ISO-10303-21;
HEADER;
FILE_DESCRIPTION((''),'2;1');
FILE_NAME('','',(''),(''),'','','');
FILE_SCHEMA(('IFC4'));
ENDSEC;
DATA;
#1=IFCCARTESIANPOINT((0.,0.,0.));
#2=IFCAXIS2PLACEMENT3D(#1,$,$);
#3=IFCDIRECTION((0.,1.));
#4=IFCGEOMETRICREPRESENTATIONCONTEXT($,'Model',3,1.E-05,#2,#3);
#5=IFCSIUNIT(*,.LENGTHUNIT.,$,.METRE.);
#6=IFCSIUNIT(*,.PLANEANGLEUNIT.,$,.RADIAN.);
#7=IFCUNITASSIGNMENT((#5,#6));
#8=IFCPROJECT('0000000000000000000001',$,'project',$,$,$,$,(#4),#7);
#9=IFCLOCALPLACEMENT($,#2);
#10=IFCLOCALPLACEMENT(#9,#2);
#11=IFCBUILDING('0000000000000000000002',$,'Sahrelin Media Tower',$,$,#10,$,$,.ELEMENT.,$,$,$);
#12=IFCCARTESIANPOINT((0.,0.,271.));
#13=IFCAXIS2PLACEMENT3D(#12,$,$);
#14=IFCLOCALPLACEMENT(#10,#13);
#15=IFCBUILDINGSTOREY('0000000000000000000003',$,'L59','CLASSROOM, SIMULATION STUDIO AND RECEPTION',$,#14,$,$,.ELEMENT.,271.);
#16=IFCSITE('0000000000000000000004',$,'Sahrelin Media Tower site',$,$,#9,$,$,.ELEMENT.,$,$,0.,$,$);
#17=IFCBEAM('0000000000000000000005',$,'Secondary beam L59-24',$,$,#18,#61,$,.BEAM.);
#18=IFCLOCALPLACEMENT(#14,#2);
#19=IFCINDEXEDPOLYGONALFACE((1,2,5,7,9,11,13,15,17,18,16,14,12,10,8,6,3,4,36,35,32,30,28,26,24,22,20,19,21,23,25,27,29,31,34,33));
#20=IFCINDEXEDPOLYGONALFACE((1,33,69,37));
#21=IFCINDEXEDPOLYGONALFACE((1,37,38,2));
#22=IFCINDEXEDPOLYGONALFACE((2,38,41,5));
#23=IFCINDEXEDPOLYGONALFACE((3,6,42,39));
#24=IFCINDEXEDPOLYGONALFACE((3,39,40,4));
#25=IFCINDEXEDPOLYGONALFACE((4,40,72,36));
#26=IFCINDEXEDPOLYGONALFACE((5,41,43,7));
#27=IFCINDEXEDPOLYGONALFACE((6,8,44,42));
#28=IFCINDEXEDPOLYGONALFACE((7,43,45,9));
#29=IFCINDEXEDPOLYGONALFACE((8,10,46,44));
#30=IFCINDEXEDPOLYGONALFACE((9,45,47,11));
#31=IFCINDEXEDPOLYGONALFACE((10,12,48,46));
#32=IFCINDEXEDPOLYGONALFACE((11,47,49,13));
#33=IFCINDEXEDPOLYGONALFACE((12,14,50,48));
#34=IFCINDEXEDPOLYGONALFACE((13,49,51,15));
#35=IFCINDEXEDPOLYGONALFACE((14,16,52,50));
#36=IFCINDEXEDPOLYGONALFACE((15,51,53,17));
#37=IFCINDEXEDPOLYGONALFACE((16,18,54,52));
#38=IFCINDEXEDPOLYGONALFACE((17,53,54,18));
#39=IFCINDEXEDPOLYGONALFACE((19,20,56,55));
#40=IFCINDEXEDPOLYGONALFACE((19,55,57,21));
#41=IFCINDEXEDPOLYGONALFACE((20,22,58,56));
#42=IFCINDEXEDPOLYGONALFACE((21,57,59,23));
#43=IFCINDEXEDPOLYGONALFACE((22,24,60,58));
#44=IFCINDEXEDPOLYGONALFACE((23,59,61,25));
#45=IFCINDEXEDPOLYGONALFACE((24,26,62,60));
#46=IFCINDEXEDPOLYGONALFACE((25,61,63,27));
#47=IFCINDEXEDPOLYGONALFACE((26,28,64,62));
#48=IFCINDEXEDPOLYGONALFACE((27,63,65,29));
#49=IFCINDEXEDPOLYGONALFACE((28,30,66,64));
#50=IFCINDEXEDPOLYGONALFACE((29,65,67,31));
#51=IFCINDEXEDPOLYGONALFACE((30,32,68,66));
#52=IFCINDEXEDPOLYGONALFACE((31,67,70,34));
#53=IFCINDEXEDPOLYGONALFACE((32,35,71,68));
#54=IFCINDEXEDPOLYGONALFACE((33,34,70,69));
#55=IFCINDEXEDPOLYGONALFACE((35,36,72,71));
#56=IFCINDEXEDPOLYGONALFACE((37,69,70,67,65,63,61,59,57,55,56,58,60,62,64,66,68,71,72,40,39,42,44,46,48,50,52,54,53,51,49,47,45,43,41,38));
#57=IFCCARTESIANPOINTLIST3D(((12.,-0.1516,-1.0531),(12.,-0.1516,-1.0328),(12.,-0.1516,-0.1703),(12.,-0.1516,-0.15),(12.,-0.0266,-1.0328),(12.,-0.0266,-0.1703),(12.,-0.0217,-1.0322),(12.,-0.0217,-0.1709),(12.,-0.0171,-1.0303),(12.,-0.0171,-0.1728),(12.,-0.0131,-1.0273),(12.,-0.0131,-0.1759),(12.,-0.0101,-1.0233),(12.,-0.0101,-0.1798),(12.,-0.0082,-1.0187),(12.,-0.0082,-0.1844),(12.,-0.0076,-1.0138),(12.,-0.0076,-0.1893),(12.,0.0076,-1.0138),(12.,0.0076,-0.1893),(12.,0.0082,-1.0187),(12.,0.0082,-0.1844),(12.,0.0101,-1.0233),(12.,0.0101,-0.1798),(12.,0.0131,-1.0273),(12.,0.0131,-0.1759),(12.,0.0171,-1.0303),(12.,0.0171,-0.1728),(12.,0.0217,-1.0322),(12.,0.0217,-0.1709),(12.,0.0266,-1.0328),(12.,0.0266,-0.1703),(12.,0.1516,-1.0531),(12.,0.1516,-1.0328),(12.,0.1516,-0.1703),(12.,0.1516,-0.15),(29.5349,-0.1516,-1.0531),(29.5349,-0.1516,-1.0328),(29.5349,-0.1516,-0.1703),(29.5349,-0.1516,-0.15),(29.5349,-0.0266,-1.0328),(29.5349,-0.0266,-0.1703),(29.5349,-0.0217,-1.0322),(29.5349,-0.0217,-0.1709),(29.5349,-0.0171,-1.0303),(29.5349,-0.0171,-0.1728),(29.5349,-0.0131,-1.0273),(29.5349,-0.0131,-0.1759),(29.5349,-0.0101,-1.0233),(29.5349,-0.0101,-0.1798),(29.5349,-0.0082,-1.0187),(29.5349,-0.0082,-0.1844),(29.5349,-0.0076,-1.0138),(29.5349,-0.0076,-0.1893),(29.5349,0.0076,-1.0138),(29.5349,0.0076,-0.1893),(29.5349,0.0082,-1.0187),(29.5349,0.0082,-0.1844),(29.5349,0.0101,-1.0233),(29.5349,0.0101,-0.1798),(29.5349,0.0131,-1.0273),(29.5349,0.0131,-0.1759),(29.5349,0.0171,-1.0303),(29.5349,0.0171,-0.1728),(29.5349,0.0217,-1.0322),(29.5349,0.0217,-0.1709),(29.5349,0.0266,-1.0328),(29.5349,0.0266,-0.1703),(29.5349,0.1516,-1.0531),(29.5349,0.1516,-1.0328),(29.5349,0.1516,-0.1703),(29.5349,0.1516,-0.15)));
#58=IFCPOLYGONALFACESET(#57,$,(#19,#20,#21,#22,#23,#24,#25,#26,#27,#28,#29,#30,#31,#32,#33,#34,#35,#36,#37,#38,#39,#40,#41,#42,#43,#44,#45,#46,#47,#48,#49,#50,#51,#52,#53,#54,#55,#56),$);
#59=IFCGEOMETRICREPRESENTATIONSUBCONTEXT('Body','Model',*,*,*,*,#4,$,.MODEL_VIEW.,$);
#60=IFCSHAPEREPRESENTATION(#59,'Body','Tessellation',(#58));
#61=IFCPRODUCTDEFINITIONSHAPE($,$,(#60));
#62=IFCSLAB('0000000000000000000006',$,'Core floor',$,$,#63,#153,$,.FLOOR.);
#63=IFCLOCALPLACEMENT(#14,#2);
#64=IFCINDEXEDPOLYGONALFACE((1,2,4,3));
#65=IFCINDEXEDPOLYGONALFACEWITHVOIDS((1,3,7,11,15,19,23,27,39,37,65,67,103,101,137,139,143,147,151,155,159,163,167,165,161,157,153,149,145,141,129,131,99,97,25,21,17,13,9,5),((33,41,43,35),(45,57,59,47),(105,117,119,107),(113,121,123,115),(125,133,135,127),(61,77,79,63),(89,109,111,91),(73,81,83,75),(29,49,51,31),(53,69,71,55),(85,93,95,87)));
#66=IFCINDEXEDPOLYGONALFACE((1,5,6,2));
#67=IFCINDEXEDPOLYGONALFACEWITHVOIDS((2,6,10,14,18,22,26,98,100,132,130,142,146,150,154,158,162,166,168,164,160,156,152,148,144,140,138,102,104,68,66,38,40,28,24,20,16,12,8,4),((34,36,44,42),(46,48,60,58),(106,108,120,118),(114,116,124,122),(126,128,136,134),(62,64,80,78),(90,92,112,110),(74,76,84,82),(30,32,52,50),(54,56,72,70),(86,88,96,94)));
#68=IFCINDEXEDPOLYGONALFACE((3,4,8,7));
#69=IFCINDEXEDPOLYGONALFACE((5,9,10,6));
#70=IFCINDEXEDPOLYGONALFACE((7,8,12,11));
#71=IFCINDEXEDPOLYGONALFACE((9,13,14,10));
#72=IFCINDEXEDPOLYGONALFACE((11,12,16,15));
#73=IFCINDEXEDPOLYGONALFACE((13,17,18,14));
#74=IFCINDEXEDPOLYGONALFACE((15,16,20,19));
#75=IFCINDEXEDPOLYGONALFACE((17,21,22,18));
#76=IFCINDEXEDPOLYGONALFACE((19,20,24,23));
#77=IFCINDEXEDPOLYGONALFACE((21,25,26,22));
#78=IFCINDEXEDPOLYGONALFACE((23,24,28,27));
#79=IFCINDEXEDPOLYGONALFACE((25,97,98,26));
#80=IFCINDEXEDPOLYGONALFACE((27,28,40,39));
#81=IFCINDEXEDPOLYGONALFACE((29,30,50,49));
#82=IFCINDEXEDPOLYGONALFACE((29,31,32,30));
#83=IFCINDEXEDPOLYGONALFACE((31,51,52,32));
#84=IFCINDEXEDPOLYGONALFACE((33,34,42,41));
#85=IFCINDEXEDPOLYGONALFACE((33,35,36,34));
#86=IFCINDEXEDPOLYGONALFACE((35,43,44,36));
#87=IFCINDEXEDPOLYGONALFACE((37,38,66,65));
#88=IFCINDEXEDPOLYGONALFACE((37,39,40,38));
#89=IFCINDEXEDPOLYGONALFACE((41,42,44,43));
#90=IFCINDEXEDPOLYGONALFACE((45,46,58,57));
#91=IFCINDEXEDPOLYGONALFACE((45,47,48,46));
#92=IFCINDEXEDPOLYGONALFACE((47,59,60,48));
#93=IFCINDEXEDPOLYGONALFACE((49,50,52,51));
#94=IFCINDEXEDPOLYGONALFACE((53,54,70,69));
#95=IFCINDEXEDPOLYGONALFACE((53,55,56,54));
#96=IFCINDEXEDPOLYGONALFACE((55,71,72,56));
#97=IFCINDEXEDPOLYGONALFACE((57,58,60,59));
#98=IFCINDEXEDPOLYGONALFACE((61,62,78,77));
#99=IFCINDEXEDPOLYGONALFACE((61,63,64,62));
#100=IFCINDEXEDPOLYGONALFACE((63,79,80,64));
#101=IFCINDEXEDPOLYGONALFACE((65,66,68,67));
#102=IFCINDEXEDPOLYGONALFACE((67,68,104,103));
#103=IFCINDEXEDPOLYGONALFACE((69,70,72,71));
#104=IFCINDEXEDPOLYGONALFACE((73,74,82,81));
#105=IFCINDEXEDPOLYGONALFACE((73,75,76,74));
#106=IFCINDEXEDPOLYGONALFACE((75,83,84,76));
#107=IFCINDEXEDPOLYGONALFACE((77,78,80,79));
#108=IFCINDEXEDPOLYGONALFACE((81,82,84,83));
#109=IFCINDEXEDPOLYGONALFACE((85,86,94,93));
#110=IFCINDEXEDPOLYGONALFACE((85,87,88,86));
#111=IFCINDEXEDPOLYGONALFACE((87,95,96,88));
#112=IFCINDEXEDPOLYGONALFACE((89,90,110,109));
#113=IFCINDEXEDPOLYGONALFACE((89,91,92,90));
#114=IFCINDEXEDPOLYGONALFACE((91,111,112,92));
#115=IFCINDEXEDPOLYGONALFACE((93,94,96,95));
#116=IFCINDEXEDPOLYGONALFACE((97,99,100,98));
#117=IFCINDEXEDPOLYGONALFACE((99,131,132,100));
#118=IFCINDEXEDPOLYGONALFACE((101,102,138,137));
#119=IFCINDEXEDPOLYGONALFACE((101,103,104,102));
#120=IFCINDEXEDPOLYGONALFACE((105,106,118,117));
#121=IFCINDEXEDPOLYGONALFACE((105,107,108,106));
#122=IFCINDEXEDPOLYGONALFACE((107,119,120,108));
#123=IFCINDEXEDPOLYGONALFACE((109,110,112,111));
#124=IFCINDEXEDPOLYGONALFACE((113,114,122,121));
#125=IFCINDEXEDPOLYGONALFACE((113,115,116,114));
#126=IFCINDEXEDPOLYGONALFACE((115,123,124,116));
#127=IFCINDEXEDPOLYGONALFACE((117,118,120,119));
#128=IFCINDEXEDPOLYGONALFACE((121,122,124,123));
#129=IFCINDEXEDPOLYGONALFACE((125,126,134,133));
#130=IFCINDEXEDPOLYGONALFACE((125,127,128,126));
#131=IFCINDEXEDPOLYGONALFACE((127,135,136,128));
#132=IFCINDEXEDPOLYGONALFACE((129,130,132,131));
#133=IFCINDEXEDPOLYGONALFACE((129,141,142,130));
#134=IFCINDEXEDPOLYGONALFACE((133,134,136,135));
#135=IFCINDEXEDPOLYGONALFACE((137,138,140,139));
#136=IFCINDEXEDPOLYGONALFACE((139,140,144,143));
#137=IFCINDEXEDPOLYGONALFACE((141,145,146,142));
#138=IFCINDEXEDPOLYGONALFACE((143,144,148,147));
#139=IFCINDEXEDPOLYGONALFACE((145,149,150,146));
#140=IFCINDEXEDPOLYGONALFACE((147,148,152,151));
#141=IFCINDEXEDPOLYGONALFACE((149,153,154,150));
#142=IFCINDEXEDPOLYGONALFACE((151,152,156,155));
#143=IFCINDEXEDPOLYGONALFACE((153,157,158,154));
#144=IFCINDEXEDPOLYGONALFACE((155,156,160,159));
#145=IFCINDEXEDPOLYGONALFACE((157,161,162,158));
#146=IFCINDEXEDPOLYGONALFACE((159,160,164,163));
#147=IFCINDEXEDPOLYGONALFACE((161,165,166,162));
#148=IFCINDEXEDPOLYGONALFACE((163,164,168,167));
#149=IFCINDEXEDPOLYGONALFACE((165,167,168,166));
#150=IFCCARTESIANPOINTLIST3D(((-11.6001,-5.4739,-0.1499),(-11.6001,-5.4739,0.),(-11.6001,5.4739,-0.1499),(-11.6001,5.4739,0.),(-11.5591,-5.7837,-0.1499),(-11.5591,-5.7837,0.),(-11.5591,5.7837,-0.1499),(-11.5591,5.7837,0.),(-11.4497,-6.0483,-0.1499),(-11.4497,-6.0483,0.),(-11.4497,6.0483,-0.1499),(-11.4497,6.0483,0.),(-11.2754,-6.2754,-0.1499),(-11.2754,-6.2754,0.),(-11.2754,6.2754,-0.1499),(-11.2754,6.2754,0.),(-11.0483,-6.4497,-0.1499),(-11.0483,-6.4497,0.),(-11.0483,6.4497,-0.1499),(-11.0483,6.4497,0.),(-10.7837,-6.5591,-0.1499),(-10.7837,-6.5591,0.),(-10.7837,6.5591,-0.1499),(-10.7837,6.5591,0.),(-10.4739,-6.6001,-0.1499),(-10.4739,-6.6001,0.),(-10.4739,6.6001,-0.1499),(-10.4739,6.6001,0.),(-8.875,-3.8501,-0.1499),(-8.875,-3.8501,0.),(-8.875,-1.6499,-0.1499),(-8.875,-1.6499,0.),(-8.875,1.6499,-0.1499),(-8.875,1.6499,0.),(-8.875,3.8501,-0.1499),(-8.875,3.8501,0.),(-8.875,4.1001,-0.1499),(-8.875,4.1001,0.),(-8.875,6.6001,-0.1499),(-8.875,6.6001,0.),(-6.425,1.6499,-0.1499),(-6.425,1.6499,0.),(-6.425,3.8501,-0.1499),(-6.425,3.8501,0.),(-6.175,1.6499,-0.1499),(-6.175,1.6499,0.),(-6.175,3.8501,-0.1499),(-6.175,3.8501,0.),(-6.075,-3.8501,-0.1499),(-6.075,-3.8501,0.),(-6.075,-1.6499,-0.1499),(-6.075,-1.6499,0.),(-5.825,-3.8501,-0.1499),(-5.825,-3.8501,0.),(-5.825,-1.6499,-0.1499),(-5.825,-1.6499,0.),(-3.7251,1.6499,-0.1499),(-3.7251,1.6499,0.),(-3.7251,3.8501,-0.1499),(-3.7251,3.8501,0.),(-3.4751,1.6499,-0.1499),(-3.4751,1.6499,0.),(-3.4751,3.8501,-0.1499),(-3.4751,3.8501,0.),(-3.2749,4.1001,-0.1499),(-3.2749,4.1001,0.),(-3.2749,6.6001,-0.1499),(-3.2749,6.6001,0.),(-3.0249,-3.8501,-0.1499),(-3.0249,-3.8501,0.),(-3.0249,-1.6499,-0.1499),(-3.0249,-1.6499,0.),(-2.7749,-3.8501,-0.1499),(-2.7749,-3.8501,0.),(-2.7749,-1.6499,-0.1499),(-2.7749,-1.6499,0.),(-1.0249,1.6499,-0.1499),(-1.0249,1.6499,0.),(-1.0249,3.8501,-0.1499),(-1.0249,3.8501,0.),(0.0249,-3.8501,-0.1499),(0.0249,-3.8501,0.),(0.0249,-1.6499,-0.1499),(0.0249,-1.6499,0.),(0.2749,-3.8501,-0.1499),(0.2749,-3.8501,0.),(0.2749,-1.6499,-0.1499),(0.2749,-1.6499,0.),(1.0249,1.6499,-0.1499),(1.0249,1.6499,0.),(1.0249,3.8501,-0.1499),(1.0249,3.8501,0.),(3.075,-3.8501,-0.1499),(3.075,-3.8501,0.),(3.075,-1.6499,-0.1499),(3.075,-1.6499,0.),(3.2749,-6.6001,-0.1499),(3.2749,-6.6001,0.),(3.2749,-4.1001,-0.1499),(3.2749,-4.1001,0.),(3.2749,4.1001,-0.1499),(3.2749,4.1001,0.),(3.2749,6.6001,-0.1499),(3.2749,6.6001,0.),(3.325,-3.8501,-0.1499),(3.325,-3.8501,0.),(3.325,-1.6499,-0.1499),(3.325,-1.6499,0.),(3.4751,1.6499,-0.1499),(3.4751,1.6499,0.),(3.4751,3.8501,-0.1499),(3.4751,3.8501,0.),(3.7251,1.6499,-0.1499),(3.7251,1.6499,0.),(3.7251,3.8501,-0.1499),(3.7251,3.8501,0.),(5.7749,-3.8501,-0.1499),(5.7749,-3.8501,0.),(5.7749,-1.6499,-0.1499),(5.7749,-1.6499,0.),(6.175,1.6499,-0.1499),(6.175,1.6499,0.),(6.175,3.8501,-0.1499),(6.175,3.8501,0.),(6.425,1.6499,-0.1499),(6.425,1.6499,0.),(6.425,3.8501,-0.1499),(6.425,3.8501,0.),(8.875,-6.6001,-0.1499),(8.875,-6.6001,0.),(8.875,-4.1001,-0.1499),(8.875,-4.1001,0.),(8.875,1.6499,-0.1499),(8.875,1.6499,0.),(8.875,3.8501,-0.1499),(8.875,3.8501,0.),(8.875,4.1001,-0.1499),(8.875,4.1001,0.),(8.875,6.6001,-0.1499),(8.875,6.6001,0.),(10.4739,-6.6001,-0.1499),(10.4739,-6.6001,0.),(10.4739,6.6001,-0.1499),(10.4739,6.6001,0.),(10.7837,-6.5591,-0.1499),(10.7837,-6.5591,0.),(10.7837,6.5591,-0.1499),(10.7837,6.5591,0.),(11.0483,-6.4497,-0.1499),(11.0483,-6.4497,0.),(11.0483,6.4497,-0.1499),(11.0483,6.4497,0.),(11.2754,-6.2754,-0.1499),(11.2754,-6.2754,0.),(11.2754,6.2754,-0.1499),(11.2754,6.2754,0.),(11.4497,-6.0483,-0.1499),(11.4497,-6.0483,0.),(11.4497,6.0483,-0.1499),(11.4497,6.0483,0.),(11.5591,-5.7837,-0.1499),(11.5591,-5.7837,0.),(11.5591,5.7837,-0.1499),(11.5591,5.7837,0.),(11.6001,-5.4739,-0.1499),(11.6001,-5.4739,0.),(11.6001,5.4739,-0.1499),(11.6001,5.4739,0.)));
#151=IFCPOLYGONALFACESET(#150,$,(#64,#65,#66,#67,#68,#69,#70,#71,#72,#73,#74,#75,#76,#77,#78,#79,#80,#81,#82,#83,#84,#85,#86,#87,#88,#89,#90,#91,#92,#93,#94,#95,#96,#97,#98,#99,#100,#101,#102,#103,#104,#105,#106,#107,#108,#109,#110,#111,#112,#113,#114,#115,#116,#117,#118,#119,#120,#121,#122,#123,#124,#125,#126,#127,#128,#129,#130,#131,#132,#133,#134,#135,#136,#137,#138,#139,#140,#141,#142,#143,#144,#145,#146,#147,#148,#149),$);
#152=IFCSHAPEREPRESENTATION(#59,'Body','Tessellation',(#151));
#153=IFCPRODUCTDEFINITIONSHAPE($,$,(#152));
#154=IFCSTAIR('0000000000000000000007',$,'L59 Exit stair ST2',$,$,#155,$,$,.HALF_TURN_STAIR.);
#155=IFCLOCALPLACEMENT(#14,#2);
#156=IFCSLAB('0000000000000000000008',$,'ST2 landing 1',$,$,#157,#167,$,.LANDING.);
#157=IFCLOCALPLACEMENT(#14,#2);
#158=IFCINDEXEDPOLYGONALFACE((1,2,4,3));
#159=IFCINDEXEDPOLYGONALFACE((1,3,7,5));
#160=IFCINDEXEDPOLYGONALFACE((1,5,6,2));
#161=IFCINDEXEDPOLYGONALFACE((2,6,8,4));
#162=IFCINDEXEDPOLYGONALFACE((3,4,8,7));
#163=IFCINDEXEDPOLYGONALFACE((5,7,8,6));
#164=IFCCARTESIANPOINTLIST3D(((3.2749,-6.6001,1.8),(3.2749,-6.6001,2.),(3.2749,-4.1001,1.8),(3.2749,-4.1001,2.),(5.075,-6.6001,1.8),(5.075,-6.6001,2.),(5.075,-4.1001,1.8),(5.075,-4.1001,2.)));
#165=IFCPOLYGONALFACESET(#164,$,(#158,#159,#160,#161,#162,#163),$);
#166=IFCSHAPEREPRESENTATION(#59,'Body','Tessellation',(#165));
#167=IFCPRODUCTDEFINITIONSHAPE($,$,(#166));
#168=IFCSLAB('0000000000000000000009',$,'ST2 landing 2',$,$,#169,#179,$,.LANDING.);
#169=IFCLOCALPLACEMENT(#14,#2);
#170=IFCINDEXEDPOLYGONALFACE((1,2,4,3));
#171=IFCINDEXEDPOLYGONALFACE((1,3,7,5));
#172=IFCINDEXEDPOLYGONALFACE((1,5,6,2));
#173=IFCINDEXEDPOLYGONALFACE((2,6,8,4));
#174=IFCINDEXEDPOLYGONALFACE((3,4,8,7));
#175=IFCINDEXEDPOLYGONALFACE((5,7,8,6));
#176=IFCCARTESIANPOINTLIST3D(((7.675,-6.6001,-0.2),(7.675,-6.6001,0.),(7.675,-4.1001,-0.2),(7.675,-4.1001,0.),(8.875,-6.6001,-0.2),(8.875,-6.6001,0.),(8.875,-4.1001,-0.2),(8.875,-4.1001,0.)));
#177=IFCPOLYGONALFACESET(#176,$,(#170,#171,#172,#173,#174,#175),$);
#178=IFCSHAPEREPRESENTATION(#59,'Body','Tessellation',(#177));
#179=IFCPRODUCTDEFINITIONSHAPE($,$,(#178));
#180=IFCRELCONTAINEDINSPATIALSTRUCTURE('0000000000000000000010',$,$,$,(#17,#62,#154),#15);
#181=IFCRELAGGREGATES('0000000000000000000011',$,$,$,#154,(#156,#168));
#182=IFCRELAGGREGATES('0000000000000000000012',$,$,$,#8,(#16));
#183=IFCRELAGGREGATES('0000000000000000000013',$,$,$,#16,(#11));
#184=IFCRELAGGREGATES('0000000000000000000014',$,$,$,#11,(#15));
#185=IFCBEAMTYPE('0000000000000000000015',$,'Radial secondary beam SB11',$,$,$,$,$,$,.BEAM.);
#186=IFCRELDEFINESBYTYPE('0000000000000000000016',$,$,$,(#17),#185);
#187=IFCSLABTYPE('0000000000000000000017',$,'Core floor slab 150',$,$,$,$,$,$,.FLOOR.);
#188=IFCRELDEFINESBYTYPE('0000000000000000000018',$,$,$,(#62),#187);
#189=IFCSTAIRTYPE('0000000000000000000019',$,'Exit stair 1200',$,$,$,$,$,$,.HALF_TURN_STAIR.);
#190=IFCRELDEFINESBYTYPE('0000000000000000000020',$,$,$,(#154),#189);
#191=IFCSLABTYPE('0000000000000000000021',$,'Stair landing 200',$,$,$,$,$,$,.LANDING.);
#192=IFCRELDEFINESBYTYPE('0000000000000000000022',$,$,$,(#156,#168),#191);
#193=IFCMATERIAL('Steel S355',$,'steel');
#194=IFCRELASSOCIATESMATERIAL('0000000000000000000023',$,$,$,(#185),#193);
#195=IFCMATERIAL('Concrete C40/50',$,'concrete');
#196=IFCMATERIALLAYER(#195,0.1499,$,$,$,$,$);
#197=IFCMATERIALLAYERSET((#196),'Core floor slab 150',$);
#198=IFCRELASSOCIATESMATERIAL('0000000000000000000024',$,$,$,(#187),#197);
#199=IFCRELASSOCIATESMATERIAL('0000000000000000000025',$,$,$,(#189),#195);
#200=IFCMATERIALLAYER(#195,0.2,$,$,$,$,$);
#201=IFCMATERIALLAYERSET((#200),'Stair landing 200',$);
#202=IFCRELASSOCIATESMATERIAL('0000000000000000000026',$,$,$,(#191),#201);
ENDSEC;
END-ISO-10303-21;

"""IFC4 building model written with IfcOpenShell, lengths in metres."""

from ifc_helpers import new_model, si_unit, direction, frame, origin, origin_2d, place, context, subcontext, project, spatial, polyline, i_section, outline, extrude, material, layer, layer_set, material_profile, profile_set, type_object, element, aggregate, save


model = new_model("IFC4")

# Units and contexts
model_context = context("Model", 3, precision=1e-05, world=origin(), true_north=direction((0.0, 1.0)))
body_context = subcontext(model_context, "Body", "Model", "MODEL_VIEW")
ifc_project = project(units=[si_unit("LENGTHUNIT", "METRE"), si_unit("PLANEANGLEUNIT", "RADIAN")], contexts=[model_context])

# Site, building, storey
site_placement = place(None, origin())
site = spatial("IfcSite", under=ifc_project, at=site_placement, Name="Sahrelin Media Tower site", CompositionType="ELEMENT", RefElevation=0.0)
building_placement = place(site_placement, origin())
building = spatial("IfcBuilding", under=site, at=building_placement, Name="Sahrelin Media Tower", CompositionType="ELEMENT")
storey_placement = place(building_placement, frame((0.0, 0.0, 271.0)))
storey = spatial("IfcBuildingStorey", under=building, at=storey_placement, Name="L59", Description="CLASSROOM, SIMULATION STUDIO AND RECEPTION", CompositionType="ELEMENT", Elevation=271.0)

# Beam
ifc_material_1 = material(Name="Steel S355", Category="steel")
ifc_material_profile_1 = material_profile(ifc_material_1, i_section(OverallWidth=0.3032, OverallDepth=0.9031, WebThickness=0.0151, FlangeThickness=0.0203, FilletRadius=0.019, at=origin_2d()), Name="UB 914x305x201")
ifc_profile_set_1 = profile_set([ifc_material_profile_1], Name="Steel S355")
beam_type_1 = type_object("IfcBeamType", Name="Radial secondary beam SB11", PredefinedType="BEAM", material=ifc_profile_set_1)
beam_1_placement = place(storey_placement, frame((12.0, 0.0, -0.6016), z_axis=(1.0, 0.0, 0.0), x_axis=(0.0, 1.0, 0.0)))
element("IfcBeam", 1, at=beam_1_placement, inside=storey, type_object=beam_type_1, Name="Secondary beam L59-24", PredefinedType="BEAM", context=body_context, shape_type="SweptSolid", body=[
    extrude(i_section(OverallWidth=0.3032, OverallDepth=0.9031, WebThickness=0.0151, FlangeThickness=0.0203, FilletRadius=0.019, at=origin_2d()), origin(), (0.0, 0.0, 1.0), 17.5349),
])

# Slab
ifc_material_2 = material(Name="Concrete C40/50", Category="concrete")
ifc_layer_1 = layer(ifc_material_2, 0.1499)
ifc_layer_set_1 = layer_set([ifc_layer_1], Name="Core floor slab 150")
slab_type_1 = type_object("IfcSlabType", Name="Core floor slab 150", PredefinedType="FLOOR", material=ifc_layer_set_1)
slab_1_placement = place(storey_placement, frame((0.0, 0.0, -0.1499)))
element("IfcSlab", 2, at=slab_1_placement, inside=storey, type_object=slab_type_1, Name="Core floor", PredefinedType="FLOOR", context=body_context, shape_type="SweptSolid", body=[
    extrude(outline(polyline([(-11.6001, -5.4739), (-11.5591, -5.7837), (-11.4497, -6.0483), (-11.2754, -6.2754), (-11.0483, -6.4497), (-10.7837, -6.5591), (-10.4739, -6.6001), (3.2749, -6.6001), (3.2749, -4.1001), (8.875, -4.1001), (8.875, -6.6001), (10.4739, -6.6001), (10.7837, -6.5591), (11.0483, -6.4497), (11.2754, -6.2754), (11.4497, -6.0483), (11.5591, -5.7837), (11.6001, -5.4739), (11.6001, 5.4739), (11.5591, 5.7837), (11.4497, 6.0483), (11.2754, 6.2754), (11.0483, 6.4497), (10.7837, 6.5591), (10.4739, 6.6001), (8.875, 6.6001), (8.875, 4.1001), (3.2749, 4.1001), (3.2749, 6.6001), (-3.2749, 6.6001), (-3.2749, 4.1001), (-8.875, 4.1001), (-8.875, 6.6001), (-10.4739, 6.6001), (-10.7837, 6.5591), (-11.0483, 6.4497), (-11.2754, 6.2754), (-11.4497, 6.0483), (-11.5591, 5.7837), (-11.6001, 5.4739), (-11.6001, -5.4739)]), holes=[polyline([(-8.875, 3.8501), (-8.875, 1.6499), (-6.425, 1.6499), (-6.425, 3.8501), (-8.875, 3.8501)]), polyline([(-3.7251, 3.8501), (-6.175, 3.8501), (-6.175, 1.6499), (-3.7251, 1.6499), (-3.7251, 3.8501)]), polyline([(-1.0249, 1.6499), (-1.0249, 3.8501), (-3.4751, 3.8501), (-3.4751, 1.6499), (-1.0249, 1.6499)]), polyline([(1.0249, 1.6499), (3.4751, 1.6499), (3.4751, 3.8501), (1.0249, 3.8501), (1.0249, 1.6499)]), polyline([(3.7251, 3.8501), (3.7251, 1.6499), (6.175, 1.6499), (6.175, 3.8501), (3.7251, 3.8501)]), polyline([(8.875, 3.8501), (6.425, 3.8501), (6.425, 1.6499), (8.875, 1.6499), (8.875, 3.8501)]), polyline([(-6.075, -3.8501), (-6.075, -1.6499), (-8.875, -1.6499), (-8.875, -3.8501), (-6.075, -3.8501)]), polyline([(-5.825, -3.8501), (-3.0249, -3.8501), (-3.0249, -1.6499), (-5.825, -1.6499), (-5.825, -3.8501)]), polyline([(-2.7749, -1.6499), (-2.7749, -3.8501), (0.0249, -3.8501), (0.0249, -1.6499), (-2.7749, -1.6499)]), polyline([(3.075, -1.6499), (0.2749, -1.6499), (0.2749, -3.8501), (3.075, -3.8501), (3.075, -1.6499)]), polyline([(5.7749, -3.8501), (5.7749, -1.6499), (3.325, -1.6499), (3.325, -3.8501), (5.7749, -3.8501)])]), origin(), (0.0, 0.0, 1.0), 0.1499),
])

# Stair, slabs
stair_type = type_object("IfcStairType", Name="Exit stair 1200", PredefinedType="HALF_TURN_STAIR", material=ifc_material_2)
stair_placement = place(storey_placement, origin())
stair = element("IfcStair", 3, at=stair_placement, inside=storey, type_object=stair_type, Name="L59 Exit stair ST2", PredefinedType="HALF_TURN_STAIR")
ifc_layer_2 = layer(ifc_material_2, 0.2)
ifc_layer_set_2 = layer_set([ifc_layer_2], Name="Stair landing 200")
slab_type_2 = type_object("IfcSlabType", Name="Stair landing 200", PredefinedType="LANDING", material=ifc_layer_set_2)
slab_2_placement = place(storey_placement, frame((0.0, 0.0, 1.8)))
slab_2 = element("IfcSlab", 4, at=slab_2_placement, type_object=slab_type_2, Name="ST2 landing 1", PredefinedType="LANDING", context=body_context, shape_type="SweptSolid", body=[
    extrude(outline(polyline([(5.075, -4.1001), (3.2749, -4.1001), (3.2749, -6.6001), (5.075, -6.6001), (5.075, -4.1001)])), origin(), (0.0, 0.0, 1.0), 0.2),
])
slab_3_placement = place(storey_placement, frame((0.0, 0.0, -0.2)))
slab_3 = element("IfcSlab", 5, at=slab_3_placement, type_object=slab_type_2, Name="ST2 landing 2", PredefinedType="LANDING", context=body_context, shape_type="SweptSolid", body=[
    extrude(outline(polyline([(8.875, -4.1001), (7.675, -4.1001), (7.675, -6.6001), (8.875, -6.6001), (8.875, -4.1001)])), origin(), (0.0, 0.0, 1.0), 0.2),
])
aggregate(stair, [slab_2, slab_3])

save(model, "model.ifc")
